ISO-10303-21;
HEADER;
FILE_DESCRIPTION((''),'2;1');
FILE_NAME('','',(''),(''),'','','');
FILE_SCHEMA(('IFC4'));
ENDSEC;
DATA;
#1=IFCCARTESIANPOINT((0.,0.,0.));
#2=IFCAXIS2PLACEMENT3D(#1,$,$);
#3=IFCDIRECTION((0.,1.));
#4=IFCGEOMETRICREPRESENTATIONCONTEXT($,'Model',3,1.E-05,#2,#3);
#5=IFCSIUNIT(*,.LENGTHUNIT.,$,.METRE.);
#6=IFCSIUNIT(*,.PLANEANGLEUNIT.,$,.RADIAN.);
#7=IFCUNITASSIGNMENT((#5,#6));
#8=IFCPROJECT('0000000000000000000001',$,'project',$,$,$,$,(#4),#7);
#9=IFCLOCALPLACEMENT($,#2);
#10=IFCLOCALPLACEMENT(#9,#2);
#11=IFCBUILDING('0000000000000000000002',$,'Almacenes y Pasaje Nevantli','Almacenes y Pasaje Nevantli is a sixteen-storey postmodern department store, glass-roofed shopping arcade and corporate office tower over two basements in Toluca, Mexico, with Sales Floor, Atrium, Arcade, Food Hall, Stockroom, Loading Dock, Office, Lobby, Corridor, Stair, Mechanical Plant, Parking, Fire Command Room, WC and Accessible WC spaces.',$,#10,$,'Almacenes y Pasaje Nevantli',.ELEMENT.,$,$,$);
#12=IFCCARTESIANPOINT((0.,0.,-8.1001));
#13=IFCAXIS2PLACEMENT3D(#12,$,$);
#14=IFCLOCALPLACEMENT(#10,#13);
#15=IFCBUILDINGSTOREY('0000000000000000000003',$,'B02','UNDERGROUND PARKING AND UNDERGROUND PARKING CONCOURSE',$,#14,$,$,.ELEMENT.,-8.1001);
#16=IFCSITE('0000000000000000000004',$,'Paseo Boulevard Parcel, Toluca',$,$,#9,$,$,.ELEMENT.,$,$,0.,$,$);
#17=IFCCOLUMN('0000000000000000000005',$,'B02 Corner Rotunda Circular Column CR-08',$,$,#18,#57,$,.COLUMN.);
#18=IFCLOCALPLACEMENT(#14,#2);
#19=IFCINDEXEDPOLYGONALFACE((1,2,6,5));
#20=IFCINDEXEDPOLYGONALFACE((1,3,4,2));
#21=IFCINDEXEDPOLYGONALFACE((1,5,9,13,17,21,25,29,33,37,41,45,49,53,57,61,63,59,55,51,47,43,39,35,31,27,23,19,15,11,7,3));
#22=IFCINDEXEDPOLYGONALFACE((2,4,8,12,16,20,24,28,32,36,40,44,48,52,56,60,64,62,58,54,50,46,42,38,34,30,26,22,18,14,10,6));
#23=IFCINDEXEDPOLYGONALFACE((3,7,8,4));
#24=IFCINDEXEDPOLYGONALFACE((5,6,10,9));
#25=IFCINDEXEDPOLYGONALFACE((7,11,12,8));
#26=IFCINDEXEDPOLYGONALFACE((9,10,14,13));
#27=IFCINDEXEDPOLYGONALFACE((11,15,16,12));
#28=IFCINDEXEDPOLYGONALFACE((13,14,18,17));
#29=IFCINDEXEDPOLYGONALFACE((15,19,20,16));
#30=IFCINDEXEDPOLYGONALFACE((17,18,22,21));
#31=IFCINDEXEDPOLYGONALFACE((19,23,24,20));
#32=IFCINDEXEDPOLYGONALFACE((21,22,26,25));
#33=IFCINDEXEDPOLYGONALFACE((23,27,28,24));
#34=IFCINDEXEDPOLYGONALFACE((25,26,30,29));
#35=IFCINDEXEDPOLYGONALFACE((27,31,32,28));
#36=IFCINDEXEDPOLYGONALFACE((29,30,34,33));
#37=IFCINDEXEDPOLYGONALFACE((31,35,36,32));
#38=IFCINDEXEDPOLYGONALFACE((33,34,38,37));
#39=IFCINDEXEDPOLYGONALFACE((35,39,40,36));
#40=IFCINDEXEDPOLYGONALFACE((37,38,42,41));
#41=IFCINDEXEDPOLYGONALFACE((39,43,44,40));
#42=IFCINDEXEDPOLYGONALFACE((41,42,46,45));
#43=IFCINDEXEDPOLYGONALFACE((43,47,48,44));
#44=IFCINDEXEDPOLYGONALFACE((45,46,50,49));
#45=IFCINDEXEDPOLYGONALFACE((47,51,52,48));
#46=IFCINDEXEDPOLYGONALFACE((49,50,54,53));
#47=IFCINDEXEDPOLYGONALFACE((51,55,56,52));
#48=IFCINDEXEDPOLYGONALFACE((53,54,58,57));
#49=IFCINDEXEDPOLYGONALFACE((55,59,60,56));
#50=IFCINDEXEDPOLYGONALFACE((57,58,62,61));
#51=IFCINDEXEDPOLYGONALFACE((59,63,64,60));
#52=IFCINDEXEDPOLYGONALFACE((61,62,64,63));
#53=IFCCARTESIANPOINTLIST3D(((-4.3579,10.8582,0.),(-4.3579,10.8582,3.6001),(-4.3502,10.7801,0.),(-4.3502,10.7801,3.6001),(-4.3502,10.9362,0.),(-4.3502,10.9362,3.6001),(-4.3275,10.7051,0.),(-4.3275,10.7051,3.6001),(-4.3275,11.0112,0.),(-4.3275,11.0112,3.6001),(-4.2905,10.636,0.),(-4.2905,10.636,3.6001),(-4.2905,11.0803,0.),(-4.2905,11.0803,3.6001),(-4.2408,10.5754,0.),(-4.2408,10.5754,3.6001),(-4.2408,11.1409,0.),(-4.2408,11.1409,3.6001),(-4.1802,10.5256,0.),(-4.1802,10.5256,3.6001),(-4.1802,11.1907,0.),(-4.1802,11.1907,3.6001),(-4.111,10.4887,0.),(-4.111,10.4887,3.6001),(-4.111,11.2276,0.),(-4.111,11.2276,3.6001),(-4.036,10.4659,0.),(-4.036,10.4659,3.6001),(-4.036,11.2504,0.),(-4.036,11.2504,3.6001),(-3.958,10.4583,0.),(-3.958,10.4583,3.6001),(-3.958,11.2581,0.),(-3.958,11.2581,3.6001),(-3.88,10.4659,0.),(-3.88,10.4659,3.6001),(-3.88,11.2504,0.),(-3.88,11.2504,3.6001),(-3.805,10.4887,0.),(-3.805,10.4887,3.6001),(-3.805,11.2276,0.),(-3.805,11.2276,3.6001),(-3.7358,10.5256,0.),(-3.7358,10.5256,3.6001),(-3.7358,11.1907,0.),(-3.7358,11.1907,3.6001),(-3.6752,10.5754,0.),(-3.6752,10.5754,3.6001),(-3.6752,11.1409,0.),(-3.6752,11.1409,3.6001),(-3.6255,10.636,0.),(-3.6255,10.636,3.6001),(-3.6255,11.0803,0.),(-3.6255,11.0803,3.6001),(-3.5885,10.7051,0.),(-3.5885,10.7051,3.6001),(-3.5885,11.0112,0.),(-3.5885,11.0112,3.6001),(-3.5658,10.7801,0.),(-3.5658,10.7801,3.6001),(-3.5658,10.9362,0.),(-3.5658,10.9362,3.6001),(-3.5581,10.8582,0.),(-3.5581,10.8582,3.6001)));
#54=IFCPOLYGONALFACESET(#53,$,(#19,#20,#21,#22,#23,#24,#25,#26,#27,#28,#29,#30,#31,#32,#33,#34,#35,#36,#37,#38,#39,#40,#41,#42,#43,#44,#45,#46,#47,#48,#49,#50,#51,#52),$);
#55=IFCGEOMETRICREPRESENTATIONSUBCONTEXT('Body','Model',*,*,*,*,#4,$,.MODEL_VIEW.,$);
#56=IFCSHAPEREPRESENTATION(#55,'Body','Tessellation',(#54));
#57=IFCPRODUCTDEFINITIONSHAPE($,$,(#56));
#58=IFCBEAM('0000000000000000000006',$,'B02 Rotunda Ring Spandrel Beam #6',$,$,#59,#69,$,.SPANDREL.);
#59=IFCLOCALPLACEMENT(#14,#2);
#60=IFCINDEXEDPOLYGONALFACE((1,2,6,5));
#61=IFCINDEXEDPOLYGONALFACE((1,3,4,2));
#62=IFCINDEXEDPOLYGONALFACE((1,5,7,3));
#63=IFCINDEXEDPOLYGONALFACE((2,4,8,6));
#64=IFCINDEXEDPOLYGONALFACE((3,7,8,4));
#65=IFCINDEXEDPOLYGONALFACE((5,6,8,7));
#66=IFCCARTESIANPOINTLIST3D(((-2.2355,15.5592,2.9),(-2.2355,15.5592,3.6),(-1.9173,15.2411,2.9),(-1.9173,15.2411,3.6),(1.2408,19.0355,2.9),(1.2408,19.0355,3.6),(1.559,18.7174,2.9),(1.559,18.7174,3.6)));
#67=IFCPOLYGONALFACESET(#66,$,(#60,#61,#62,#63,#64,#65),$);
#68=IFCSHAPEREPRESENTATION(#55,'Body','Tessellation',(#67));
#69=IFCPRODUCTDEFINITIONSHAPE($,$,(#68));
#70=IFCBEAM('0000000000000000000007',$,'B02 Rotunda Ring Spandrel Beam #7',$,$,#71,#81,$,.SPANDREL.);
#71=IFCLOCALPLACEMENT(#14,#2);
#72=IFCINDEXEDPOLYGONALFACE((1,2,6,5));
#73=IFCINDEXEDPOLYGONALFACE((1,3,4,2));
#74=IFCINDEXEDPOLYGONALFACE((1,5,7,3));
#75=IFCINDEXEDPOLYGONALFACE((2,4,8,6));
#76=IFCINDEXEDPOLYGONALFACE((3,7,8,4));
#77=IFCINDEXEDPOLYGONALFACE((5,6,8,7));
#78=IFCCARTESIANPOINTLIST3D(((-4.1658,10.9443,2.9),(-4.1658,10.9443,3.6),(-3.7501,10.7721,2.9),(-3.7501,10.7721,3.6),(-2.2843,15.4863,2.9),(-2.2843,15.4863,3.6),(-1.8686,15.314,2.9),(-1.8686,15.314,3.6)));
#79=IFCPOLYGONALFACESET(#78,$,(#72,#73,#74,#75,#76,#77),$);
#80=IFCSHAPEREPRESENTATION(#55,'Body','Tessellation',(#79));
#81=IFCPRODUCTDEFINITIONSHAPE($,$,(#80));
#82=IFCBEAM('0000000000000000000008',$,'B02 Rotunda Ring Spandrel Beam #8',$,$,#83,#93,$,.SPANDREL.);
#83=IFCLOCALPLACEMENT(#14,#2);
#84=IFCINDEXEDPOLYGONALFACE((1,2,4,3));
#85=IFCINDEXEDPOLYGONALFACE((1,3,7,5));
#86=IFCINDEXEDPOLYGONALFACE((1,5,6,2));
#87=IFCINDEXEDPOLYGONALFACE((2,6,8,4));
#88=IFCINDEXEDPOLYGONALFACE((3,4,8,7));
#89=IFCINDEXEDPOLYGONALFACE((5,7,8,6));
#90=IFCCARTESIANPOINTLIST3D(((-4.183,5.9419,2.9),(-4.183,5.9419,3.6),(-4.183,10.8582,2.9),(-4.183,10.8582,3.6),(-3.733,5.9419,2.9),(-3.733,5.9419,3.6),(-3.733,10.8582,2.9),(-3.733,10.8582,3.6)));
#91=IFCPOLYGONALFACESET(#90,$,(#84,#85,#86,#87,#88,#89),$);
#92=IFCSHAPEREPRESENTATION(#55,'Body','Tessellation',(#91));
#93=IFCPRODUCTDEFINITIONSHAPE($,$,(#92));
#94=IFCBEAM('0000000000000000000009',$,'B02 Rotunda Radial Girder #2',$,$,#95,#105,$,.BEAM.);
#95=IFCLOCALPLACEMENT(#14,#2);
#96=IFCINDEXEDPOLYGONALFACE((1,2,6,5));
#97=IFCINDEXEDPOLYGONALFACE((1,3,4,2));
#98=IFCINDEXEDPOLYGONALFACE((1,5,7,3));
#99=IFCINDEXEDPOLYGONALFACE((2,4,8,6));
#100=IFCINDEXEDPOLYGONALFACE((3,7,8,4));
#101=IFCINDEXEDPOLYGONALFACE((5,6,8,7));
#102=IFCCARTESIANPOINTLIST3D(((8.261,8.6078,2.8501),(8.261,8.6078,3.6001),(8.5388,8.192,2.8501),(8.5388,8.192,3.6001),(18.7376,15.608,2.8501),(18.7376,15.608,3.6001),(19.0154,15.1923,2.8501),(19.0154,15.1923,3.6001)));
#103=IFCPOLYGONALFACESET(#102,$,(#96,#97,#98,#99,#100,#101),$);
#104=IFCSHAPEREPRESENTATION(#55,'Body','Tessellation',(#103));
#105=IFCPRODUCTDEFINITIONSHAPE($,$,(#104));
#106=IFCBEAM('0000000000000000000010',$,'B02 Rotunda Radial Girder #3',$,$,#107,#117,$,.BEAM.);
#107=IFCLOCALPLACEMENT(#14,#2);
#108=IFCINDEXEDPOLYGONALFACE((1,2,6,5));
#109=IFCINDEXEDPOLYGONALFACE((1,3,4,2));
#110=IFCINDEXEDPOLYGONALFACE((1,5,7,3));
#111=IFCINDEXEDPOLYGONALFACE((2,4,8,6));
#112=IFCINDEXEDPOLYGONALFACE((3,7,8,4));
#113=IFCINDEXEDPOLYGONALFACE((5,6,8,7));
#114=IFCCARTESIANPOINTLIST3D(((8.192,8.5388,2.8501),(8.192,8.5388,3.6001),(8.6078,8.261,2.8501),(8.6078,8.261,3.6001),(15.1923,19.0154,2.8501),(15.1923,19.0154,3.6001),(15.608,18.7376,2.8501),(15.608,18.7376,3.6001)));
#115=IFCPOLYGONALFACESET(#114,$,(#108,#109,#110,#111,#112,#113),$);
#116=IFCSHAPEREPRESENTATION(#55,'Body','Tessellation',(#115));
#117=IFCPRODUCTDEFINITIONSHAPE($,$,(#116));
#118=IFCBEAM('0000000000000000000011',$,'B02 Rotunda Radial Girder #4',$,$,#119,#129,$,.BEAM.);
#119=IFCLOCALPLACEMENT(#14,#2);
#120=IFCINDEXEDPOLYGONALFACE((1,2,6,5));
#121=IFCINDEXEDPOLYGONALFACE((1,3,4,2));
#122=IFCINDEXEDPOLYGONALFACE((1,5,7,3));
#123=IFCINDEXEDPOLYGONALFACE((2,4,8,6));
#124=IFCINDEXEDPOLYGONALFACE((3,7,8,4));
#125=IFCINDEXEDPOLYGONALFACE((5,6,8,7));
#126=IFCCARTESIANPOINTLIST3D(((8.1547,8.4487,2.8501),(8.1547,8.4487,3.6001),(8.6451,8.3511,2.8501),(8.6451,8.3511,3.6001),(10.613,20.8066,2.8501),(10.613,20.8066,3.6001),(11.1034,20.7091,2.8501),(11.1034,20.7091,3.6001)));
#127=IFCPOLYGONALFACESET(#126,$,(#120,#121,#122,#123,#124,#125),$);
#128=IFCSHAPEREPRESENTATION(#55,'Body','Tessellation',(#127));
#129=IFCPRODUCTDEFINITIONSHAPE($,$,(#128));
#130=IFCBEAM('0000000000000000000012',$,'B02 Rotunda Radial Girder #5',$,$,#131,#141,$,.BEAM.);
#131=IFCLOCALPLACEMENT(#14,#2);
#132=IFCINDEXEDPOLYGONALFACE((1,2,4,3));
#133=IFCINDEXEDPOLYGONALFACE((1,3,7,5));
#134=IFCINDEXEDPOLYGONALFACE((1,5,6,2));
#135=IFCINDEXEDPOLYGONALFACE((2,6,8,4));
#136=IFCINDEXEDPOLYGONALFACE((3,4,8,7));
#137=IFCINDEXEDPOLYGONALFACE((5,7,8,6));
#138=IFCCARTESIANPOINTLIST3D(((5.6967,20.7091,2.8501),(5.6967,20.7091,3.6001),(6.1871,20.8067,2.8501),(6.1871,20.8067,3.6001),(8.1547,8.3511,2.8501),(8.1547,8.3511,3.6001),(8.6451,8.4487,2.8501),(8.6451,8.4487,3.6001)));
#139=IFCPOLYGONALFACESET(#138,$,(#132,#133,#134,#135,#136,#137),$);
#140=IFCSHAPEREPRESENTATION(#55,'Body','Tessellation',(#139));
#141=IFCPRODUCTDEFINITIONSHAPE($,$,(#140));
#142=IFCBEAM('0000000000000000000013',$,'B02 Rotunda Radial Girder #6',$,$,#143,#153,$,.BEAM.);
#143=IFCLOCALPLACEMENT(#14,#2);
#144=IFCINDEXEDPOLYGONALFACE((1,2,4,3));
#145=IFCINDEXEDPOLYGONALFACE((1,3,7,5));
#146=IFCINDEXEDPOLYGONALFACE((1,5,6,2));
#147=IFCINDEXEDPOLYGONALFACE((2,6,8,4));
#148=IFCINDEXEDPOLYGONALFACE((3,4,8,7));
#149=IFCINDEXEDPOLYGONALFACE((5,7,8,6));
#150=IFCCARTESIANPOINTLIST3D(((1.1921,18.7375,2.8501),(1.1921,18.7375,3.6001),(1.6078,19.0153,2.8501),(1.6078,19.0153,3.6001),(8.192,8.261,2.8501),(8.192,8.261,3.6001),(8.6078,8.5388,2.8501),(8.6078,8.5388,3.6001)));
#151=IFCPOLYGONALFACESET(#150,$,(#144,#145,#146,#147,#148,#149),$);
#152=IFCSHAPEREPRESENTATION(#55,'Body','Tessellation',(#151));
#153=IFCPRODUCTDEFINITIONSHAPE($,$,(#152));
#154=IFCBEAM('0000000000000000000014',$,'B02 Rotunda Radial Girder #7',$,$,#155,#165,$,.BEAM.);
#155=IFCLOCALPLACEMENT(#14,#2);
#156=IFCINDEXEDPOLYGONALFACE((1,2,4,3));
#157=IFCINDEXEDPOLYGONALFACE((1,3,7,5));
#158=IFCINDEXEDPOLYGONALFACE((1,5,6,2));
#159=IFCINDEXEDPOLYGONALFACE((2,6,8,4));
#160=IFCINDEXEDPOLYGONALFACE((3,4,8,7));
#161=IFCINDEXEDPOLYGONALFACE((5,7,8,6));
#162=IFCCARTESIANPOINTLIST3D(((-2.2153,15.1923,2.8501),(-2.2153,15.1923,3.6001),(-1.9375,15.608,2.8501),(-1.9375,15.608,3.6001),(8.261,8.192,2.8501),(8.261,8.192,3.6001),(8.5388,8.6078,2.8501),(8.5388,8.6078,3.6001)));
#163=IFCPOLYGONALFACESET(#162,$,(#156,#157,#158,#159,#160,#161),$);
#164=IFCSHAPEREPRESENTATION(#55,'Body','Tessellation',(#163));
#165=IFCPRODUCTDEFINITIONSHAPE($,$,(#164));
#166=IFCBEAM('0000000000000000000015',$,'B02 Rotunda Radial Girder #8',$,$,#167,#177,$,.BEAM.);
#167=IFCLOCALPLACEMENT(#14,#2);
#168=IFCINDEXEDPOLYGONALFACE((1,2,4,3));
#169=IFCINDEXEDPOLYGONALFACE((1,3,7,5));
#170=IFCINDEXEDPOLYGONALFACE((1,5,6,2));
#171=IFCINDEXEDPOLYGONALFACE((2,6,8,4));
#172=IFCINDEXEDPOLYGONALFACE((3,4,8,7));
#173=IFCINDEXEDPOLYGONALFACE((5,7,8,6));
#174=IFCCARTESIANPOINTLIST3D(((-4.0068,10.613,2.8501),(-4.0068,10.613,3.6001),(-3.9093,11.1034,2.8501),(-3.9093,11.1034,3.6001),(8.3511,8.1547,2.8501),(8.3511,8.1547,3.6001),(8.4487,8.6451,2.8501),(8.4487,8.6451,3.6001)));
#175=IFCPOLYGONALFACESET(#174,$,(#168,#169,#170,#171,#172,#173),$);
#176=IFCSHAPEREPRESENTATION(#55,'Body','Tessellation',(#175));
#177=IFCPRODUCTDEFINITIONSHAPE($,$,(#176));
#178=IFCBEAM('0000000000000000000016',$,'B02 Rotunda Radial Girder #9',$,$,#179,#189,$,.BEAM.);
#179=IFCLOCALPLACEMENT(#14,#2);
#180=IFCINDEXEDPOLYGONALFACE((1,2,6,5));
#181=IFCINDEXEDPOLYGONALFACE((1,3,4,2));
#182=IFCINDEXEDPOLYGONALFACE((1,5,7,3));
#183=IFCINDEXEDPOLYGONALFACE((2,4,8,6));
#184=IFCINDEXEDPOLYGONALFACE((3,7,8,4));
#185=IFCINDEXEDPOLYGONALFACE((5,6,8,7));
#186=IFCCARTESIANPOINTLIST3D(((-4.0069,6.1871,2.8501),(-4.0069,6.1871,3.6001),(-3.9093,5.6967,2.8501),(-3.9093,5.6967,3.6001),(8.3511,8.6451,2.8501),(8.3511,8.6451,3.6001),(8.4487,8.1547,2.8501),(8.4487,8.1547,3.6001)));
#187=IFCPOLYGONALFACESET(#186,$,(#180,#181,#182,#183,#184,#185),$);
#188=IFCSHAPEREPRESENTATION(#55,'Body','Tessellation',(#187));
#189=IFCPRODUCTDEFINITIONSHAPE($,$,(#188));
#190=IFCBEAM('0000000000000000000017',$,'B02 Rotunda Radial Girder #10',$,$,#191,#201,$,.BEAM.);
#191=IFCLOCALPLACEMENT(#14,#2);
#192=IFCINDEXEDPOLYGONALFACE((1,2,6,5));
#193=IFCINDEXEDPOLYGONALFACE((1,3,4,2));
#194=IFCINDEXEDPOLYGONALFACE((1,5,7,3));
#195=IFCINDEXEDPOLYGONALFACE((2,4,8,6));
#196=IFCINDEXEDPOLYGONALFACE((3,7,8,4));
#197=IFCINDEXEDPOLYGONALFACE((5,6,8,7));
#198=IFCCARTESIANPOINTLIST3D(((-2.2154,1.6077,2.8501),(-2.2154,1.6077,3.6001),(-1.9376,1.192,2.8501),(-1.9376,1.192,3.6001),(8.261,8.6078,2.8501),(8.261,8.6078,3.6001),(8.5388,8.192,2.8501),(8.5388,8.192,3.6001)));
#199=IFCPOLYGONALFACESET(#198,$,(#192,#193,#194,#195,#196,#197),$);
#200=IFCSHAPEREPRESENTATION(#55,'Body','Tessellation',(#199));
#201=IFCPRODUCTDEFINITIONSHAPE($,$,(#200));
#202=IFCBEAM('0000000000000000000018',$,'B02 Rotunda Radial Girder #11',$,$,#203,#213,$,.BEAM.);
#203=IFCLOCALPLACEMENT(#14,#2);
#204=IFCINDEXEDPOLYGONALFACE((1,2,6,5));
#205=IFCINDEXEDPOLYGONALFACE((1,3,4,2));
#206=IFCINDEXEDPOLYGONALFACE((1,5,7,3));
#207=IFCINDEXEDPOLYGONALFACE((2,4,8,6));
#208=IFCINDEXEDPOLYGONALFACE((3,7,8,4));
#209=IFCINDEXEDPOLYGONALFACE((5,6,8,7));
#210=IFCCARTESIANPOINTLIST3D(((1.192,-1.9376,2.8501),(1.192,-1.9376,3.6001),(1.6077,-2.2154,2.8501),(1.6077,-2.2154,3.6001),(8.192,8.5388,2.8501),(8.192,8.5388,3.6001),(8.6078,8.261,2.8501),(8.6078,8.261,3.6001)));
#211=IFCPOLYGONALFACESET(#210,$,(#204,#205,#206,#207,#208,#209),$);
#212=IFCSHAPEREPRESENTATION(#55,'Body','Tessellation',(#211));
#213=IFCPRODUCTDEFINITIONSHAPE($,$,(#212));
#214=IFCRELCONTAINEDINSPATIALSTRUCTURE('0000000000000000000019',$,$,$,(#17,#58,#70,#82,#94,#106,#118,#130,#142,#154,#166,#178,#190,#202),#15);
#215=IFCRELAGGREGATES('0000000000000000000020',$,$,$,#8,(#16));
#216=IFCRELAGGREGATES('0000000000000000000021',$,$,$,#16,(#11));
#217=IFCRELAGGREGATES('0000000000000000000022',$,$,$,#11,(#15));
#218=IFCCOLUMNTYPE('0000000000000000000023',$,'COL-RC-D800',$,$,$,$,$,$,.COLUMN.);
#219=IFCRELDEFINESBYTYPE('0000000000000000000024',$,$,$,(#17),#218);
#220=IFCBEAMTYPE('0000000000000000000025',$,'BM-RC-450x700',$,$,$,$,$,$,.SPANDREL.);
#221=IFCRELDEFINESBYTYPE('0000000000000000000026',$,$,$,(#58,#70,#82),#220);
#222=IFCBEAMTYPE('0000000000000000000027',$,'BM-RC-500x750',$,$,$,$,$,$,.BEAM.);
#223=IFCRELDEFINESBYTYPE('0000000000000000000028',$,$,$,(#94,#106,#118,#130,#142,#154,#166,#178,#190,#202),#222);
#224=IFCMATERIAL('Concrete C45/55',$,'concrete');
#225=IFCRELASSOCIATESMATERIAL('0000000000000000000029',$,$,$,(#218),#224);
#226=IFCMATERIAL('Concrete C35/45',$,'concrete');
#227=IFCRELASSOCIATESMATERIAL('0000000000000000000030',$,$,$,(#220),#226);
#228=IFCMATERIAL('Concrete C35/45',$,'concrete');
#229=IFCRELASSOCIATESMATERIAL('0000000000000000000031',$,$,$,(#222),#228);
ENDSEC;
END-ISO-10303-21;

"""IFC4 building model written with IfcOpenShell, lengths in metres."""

from ifc_helpers import new_model, si_unit, direction, frame, origin, origin_2d, place, context, subcontext, project, spatial, rectangle, circle, extrude, material, material_profile, profile_set, type_object, element, save


model = new_model("IFC4")

# Units and contexts
model_context = context("Model", 3, precision=1e-05, world=origin(), true_north=direction((0.0, 1.0)))
body_context = subcontext(model_context, "Body", "Model", "MODEL_VIEW")
ifc_project = project(units=[si_unit("LENGTHUNIT", "METRE"), si_unit("PLANEANGLEUNIT", "RADIAN")], contexts=[model_context])

# Site, building, storey
site_placement = place(None, origin())
site = spatial("IfcSite", under=ifc_project, at=site_placement, Name="Paseo Boulevard Parcel, Toluca", CompositionType="ELEMENT", RefElevation=0.0)
building_placement = place(site_placement, origin())
building = spatial("IfcBuilding", under=site, at=building_placement, Name="Almacenes y Pasaje Nevantli", Description="Almacenes y Pasaje Nevantli is a sixteen-storey postmodern department store, glass-roofed shopping arcade and corporate office tower over two basements in Toluca, Mexico, with Sales Floor, Atrium, Arcade, Food Hall, Stockroom, Loading Dock, Office, Lobby, Corridor, Stair, Mechanical Plant, Parking, Fire Command Room, WC and Accessible WC spaces.", LongName="Almacenes y Pasaje Nevantli", CompositionType="ELEMENT")
storey_placement = place(building_placement, frame((0.0, 0.0, -8.1001)))
storey = spatial("IfcBuildingStorey", under=building, at=storey_placement, Name="B02", Description="UNDERGROUND PARKING AND UNDERGROUND PARKING CONCOURSE", CompositionType="ELEMENT", Elevation=-8.1001)

# Column
ifc_material_1 = material(Name="Concrete C45/55", Category="concrete")
ifc_material_profile_1 = material_profile(ifc_material_1, circle(Radius=0.3999, at=origin_2d()), Name="RC-COL-D800")
ifc_profile_set_1 = profile_set([ifc_material_profile_1], Name="Concrete C45/55")
column_type = type_object("IfcColumnType", Name="COL-RC-D800", PredefinedType="COLUMN", material=ifc_profile_set_1)
for number, where, z_axis, x_axis, name in (
    (1, (-3.958, 10.8582, 0.0), (0.0, 0.0, 1.0), (1.0, 0.0, 0.0), "B02 Corner Rotunda Circular Column CR-08"),
):
    element("IfcColumn", number, at=place(storey_placement, frame(where, z_axis=z_axis, x_axis=x_axis)), inside=storey, type_object=column_type, Name=name, PredefinedType="COLUMN", context=body_context, shape_type="SweptSolid", body=[
        extrude(circle(Radius=0.3999, at=origin_2d()), origin(), (0.0, 0.0, 1.0), 3.6001),
    ])

# Beams
ifc_material_2 = material(Name="Concrete C35/45", Category="concrete")
ifc_material_profile_2 = material_profile(ifc_material_2, rectangle(XDim=0.45, YDim=0.7, at=origin_2d()), Name="RC-BM-450x700")
ifc_profile_set_2 = profile_set([ifc_material_profile_2], Name="Concrete C35/45")
beam_type_1 = type_object("IfcBeamType", Name="BM-RC-450x700", PredefinedType="SPANDREL", material=ifc_profile_set_2)
for number, where, z_axis, x_axis, name in (
    (2, (1.3999, 18.8765, 3.25), (-0.707107, -0.707107, 0.0), (0.707107, -0.707107, 0.0), "B02 Rotunda Ring Spandrel Beam #6"),
    (3, (-2.0764, 15.4001, 3.25), (-0.382725, -0.923862, 0.0), (0.923862, -0.382725, 0.0), "B02 Rotunda Ring Spandrel Beam #7"),
    (4, (-3.958, 10.8582, 3.25), (0.0, -1.0, 0.0), (1.0, 0.0, 0.0), "B02 Rotunda Ring Spandrel Beam #8"),
):
    element("IfcBeam", number, at=place(storey_placement, frame(where, z_axis=z_axis, x_axis=x_axis)), inside=storey, type_object=beam_type_1, Name=name, PredefinedType="SPANDREL", context=body_context, shape_type="SweptSolid", body=[
        extrude(rectangle(XDim=0.45, YDim=0.7, at=origin_2d()), origin(), (0.0, 0.0, 1.0), 4.9163),
    ])
ifc_material_3 = material(Name="Concrete C35/45", Category="concrete")
ifc_material_profile_3 = material_profile(ifc_material_3, rectangle(XDim=0.5, YDim=0.75, at=origin_2d()), Name="RC-BM-500x750")
ifc_profile_set_3 = profile_set([ifc_material_profile_3], Name="Concrete C35/45")
beam_type_2 = type_object("IfcBeamType", Name="BM-RC-500x750", PredefinedType="BEAM", material=ifc_profile_set_3)
for number, where, z_axis, x_axis, name in (
    (5, (8.3999, 8.3999, 3.2251), (0.831469, 0.555572, 0.0), (-0.555572, 0.831469, 0.0), "B02 Rotunda Radial Girder #2"),
    (6, (8.3999, 8.3999, 3.2251), (0.555572, 0.831469, 0.0), (-0.831469, 0.555572, 0.0), "B02 Rotunda Radial Girder #3"),
    (7, (8.3999, 8.3999, 3.2251), (0.195099, 0.980784, 0.0), (-0.980784, 0.195099, 0.0), "B02 Rotunda Radial Girder #4"),
    (8, (8.3999, 8.3999, 3.2251), (-0.19508, 0.980787, 0.0), (-0.980787, -0.19508, 0.0), "B02 Rotunda Radial Girder #5"),
):
    element("IfcBeam", number, at=place(storey_placement, frame(where, z_axis=z_axis, x_axis=x_axis)), inside=storey, type_object=beam_type_2, Name=name, PredefinedType="BEAM", context=body_context, shape_type="SweptSolid", body=[
        extrude(rectangle(XDim=0.5, YDim=0.75, at=origin_2d()), origin(), (0.0, 0.0, 1.0), 12.6001),
    ])
for number, where, z_axis, x_axis, name in (
    (9, (8.3999, 8.3999, 3.2251), (-0.555558, 0.831478, 0.0), (-0.831478, -0.555558, 0.0), "B02 Rotunda Radial Girder #6"),
    (10, (8.3999, 8.3999, 3.2251), (-0.831463, 0.555581, 0.0), (-0.555581, -0.831463, 0.0), "B02 Rotunda Radial Girder #7"),
):
    element("IfcBeam", number, at=place(storey_placement, frame(where, z_axis=z_axis, x_axis=x_axis)), inside=storey, type_object=beam_type_2, Name=name, PredefinedType="BEAM", context=body_context, shape_type="SweptSolid", body=[
        extrude(rectangle(XDim=0.5, YDim=0.75, at=origin_2d()), origin(), (0.0, 0.0, 1.0), 12.5999),
    ])
for number, where, z_axis, x_axis, name in (
    (11, (8.3999, 8.3999, 3.2251), (-0.980784, 0.195099, 0.0), (-0.195099, -0.980784, 0.0), "B02 Rotunda Radial Girder #8"),
    (12, (8.3999, 8.3999, 3.2251), (-0.980787, -0.19508, 0.0), (0.19508, -0.980787, 0.0), "B02 Rotunda Radial Girder #9"),
):
    element("IfcBeam", number, at=place(storey_placement, frame(where, z_axis=z_axis, x_axis=x_axis)), inside=storey, type_object=beam_type_2, Name=name, PredefinedType="BEAM", context=body_context, shape_type="SweptSolid", body=[
        extrude(rectangle(XDim=0.5, YDim=0.75, at=origin_2d()), origin(), (0.0, 0.0, 1.0), 12.6001),
    ])
for number, where, z_axis, x_axis, name in (
    (13, (8.3999, 8.3999, 3.2251), (-0.831472, -0.555567, 0.0), (0.555567, -0.831472, 0.0), "B02 Rotunda Radial Girder #10"),
    (14, (8.3999, 8.3999, 3.2251), (-0.555567, -0.831472, 0.0), (0.831472, -0.555567, 0.0), "B02 Rotunda Radial Girder #11"),
):
    element("IfcBeam", number, at=place(storey_placement, frame(where, z_axis=z_axis, x_axis=x_axis)), inside=storey, type_object=beam_type_2, Name=name, PredefinedType="BEAM", context=body_context, shape_type="SweptSolid", body=[
        extrude(rectangle(XDim=0.5, YDim=0.75, at=origin_2d()), origin(), (0.0, 0.0, 1.0), 12.5999),
    ])

save(model, "model.ifc")
